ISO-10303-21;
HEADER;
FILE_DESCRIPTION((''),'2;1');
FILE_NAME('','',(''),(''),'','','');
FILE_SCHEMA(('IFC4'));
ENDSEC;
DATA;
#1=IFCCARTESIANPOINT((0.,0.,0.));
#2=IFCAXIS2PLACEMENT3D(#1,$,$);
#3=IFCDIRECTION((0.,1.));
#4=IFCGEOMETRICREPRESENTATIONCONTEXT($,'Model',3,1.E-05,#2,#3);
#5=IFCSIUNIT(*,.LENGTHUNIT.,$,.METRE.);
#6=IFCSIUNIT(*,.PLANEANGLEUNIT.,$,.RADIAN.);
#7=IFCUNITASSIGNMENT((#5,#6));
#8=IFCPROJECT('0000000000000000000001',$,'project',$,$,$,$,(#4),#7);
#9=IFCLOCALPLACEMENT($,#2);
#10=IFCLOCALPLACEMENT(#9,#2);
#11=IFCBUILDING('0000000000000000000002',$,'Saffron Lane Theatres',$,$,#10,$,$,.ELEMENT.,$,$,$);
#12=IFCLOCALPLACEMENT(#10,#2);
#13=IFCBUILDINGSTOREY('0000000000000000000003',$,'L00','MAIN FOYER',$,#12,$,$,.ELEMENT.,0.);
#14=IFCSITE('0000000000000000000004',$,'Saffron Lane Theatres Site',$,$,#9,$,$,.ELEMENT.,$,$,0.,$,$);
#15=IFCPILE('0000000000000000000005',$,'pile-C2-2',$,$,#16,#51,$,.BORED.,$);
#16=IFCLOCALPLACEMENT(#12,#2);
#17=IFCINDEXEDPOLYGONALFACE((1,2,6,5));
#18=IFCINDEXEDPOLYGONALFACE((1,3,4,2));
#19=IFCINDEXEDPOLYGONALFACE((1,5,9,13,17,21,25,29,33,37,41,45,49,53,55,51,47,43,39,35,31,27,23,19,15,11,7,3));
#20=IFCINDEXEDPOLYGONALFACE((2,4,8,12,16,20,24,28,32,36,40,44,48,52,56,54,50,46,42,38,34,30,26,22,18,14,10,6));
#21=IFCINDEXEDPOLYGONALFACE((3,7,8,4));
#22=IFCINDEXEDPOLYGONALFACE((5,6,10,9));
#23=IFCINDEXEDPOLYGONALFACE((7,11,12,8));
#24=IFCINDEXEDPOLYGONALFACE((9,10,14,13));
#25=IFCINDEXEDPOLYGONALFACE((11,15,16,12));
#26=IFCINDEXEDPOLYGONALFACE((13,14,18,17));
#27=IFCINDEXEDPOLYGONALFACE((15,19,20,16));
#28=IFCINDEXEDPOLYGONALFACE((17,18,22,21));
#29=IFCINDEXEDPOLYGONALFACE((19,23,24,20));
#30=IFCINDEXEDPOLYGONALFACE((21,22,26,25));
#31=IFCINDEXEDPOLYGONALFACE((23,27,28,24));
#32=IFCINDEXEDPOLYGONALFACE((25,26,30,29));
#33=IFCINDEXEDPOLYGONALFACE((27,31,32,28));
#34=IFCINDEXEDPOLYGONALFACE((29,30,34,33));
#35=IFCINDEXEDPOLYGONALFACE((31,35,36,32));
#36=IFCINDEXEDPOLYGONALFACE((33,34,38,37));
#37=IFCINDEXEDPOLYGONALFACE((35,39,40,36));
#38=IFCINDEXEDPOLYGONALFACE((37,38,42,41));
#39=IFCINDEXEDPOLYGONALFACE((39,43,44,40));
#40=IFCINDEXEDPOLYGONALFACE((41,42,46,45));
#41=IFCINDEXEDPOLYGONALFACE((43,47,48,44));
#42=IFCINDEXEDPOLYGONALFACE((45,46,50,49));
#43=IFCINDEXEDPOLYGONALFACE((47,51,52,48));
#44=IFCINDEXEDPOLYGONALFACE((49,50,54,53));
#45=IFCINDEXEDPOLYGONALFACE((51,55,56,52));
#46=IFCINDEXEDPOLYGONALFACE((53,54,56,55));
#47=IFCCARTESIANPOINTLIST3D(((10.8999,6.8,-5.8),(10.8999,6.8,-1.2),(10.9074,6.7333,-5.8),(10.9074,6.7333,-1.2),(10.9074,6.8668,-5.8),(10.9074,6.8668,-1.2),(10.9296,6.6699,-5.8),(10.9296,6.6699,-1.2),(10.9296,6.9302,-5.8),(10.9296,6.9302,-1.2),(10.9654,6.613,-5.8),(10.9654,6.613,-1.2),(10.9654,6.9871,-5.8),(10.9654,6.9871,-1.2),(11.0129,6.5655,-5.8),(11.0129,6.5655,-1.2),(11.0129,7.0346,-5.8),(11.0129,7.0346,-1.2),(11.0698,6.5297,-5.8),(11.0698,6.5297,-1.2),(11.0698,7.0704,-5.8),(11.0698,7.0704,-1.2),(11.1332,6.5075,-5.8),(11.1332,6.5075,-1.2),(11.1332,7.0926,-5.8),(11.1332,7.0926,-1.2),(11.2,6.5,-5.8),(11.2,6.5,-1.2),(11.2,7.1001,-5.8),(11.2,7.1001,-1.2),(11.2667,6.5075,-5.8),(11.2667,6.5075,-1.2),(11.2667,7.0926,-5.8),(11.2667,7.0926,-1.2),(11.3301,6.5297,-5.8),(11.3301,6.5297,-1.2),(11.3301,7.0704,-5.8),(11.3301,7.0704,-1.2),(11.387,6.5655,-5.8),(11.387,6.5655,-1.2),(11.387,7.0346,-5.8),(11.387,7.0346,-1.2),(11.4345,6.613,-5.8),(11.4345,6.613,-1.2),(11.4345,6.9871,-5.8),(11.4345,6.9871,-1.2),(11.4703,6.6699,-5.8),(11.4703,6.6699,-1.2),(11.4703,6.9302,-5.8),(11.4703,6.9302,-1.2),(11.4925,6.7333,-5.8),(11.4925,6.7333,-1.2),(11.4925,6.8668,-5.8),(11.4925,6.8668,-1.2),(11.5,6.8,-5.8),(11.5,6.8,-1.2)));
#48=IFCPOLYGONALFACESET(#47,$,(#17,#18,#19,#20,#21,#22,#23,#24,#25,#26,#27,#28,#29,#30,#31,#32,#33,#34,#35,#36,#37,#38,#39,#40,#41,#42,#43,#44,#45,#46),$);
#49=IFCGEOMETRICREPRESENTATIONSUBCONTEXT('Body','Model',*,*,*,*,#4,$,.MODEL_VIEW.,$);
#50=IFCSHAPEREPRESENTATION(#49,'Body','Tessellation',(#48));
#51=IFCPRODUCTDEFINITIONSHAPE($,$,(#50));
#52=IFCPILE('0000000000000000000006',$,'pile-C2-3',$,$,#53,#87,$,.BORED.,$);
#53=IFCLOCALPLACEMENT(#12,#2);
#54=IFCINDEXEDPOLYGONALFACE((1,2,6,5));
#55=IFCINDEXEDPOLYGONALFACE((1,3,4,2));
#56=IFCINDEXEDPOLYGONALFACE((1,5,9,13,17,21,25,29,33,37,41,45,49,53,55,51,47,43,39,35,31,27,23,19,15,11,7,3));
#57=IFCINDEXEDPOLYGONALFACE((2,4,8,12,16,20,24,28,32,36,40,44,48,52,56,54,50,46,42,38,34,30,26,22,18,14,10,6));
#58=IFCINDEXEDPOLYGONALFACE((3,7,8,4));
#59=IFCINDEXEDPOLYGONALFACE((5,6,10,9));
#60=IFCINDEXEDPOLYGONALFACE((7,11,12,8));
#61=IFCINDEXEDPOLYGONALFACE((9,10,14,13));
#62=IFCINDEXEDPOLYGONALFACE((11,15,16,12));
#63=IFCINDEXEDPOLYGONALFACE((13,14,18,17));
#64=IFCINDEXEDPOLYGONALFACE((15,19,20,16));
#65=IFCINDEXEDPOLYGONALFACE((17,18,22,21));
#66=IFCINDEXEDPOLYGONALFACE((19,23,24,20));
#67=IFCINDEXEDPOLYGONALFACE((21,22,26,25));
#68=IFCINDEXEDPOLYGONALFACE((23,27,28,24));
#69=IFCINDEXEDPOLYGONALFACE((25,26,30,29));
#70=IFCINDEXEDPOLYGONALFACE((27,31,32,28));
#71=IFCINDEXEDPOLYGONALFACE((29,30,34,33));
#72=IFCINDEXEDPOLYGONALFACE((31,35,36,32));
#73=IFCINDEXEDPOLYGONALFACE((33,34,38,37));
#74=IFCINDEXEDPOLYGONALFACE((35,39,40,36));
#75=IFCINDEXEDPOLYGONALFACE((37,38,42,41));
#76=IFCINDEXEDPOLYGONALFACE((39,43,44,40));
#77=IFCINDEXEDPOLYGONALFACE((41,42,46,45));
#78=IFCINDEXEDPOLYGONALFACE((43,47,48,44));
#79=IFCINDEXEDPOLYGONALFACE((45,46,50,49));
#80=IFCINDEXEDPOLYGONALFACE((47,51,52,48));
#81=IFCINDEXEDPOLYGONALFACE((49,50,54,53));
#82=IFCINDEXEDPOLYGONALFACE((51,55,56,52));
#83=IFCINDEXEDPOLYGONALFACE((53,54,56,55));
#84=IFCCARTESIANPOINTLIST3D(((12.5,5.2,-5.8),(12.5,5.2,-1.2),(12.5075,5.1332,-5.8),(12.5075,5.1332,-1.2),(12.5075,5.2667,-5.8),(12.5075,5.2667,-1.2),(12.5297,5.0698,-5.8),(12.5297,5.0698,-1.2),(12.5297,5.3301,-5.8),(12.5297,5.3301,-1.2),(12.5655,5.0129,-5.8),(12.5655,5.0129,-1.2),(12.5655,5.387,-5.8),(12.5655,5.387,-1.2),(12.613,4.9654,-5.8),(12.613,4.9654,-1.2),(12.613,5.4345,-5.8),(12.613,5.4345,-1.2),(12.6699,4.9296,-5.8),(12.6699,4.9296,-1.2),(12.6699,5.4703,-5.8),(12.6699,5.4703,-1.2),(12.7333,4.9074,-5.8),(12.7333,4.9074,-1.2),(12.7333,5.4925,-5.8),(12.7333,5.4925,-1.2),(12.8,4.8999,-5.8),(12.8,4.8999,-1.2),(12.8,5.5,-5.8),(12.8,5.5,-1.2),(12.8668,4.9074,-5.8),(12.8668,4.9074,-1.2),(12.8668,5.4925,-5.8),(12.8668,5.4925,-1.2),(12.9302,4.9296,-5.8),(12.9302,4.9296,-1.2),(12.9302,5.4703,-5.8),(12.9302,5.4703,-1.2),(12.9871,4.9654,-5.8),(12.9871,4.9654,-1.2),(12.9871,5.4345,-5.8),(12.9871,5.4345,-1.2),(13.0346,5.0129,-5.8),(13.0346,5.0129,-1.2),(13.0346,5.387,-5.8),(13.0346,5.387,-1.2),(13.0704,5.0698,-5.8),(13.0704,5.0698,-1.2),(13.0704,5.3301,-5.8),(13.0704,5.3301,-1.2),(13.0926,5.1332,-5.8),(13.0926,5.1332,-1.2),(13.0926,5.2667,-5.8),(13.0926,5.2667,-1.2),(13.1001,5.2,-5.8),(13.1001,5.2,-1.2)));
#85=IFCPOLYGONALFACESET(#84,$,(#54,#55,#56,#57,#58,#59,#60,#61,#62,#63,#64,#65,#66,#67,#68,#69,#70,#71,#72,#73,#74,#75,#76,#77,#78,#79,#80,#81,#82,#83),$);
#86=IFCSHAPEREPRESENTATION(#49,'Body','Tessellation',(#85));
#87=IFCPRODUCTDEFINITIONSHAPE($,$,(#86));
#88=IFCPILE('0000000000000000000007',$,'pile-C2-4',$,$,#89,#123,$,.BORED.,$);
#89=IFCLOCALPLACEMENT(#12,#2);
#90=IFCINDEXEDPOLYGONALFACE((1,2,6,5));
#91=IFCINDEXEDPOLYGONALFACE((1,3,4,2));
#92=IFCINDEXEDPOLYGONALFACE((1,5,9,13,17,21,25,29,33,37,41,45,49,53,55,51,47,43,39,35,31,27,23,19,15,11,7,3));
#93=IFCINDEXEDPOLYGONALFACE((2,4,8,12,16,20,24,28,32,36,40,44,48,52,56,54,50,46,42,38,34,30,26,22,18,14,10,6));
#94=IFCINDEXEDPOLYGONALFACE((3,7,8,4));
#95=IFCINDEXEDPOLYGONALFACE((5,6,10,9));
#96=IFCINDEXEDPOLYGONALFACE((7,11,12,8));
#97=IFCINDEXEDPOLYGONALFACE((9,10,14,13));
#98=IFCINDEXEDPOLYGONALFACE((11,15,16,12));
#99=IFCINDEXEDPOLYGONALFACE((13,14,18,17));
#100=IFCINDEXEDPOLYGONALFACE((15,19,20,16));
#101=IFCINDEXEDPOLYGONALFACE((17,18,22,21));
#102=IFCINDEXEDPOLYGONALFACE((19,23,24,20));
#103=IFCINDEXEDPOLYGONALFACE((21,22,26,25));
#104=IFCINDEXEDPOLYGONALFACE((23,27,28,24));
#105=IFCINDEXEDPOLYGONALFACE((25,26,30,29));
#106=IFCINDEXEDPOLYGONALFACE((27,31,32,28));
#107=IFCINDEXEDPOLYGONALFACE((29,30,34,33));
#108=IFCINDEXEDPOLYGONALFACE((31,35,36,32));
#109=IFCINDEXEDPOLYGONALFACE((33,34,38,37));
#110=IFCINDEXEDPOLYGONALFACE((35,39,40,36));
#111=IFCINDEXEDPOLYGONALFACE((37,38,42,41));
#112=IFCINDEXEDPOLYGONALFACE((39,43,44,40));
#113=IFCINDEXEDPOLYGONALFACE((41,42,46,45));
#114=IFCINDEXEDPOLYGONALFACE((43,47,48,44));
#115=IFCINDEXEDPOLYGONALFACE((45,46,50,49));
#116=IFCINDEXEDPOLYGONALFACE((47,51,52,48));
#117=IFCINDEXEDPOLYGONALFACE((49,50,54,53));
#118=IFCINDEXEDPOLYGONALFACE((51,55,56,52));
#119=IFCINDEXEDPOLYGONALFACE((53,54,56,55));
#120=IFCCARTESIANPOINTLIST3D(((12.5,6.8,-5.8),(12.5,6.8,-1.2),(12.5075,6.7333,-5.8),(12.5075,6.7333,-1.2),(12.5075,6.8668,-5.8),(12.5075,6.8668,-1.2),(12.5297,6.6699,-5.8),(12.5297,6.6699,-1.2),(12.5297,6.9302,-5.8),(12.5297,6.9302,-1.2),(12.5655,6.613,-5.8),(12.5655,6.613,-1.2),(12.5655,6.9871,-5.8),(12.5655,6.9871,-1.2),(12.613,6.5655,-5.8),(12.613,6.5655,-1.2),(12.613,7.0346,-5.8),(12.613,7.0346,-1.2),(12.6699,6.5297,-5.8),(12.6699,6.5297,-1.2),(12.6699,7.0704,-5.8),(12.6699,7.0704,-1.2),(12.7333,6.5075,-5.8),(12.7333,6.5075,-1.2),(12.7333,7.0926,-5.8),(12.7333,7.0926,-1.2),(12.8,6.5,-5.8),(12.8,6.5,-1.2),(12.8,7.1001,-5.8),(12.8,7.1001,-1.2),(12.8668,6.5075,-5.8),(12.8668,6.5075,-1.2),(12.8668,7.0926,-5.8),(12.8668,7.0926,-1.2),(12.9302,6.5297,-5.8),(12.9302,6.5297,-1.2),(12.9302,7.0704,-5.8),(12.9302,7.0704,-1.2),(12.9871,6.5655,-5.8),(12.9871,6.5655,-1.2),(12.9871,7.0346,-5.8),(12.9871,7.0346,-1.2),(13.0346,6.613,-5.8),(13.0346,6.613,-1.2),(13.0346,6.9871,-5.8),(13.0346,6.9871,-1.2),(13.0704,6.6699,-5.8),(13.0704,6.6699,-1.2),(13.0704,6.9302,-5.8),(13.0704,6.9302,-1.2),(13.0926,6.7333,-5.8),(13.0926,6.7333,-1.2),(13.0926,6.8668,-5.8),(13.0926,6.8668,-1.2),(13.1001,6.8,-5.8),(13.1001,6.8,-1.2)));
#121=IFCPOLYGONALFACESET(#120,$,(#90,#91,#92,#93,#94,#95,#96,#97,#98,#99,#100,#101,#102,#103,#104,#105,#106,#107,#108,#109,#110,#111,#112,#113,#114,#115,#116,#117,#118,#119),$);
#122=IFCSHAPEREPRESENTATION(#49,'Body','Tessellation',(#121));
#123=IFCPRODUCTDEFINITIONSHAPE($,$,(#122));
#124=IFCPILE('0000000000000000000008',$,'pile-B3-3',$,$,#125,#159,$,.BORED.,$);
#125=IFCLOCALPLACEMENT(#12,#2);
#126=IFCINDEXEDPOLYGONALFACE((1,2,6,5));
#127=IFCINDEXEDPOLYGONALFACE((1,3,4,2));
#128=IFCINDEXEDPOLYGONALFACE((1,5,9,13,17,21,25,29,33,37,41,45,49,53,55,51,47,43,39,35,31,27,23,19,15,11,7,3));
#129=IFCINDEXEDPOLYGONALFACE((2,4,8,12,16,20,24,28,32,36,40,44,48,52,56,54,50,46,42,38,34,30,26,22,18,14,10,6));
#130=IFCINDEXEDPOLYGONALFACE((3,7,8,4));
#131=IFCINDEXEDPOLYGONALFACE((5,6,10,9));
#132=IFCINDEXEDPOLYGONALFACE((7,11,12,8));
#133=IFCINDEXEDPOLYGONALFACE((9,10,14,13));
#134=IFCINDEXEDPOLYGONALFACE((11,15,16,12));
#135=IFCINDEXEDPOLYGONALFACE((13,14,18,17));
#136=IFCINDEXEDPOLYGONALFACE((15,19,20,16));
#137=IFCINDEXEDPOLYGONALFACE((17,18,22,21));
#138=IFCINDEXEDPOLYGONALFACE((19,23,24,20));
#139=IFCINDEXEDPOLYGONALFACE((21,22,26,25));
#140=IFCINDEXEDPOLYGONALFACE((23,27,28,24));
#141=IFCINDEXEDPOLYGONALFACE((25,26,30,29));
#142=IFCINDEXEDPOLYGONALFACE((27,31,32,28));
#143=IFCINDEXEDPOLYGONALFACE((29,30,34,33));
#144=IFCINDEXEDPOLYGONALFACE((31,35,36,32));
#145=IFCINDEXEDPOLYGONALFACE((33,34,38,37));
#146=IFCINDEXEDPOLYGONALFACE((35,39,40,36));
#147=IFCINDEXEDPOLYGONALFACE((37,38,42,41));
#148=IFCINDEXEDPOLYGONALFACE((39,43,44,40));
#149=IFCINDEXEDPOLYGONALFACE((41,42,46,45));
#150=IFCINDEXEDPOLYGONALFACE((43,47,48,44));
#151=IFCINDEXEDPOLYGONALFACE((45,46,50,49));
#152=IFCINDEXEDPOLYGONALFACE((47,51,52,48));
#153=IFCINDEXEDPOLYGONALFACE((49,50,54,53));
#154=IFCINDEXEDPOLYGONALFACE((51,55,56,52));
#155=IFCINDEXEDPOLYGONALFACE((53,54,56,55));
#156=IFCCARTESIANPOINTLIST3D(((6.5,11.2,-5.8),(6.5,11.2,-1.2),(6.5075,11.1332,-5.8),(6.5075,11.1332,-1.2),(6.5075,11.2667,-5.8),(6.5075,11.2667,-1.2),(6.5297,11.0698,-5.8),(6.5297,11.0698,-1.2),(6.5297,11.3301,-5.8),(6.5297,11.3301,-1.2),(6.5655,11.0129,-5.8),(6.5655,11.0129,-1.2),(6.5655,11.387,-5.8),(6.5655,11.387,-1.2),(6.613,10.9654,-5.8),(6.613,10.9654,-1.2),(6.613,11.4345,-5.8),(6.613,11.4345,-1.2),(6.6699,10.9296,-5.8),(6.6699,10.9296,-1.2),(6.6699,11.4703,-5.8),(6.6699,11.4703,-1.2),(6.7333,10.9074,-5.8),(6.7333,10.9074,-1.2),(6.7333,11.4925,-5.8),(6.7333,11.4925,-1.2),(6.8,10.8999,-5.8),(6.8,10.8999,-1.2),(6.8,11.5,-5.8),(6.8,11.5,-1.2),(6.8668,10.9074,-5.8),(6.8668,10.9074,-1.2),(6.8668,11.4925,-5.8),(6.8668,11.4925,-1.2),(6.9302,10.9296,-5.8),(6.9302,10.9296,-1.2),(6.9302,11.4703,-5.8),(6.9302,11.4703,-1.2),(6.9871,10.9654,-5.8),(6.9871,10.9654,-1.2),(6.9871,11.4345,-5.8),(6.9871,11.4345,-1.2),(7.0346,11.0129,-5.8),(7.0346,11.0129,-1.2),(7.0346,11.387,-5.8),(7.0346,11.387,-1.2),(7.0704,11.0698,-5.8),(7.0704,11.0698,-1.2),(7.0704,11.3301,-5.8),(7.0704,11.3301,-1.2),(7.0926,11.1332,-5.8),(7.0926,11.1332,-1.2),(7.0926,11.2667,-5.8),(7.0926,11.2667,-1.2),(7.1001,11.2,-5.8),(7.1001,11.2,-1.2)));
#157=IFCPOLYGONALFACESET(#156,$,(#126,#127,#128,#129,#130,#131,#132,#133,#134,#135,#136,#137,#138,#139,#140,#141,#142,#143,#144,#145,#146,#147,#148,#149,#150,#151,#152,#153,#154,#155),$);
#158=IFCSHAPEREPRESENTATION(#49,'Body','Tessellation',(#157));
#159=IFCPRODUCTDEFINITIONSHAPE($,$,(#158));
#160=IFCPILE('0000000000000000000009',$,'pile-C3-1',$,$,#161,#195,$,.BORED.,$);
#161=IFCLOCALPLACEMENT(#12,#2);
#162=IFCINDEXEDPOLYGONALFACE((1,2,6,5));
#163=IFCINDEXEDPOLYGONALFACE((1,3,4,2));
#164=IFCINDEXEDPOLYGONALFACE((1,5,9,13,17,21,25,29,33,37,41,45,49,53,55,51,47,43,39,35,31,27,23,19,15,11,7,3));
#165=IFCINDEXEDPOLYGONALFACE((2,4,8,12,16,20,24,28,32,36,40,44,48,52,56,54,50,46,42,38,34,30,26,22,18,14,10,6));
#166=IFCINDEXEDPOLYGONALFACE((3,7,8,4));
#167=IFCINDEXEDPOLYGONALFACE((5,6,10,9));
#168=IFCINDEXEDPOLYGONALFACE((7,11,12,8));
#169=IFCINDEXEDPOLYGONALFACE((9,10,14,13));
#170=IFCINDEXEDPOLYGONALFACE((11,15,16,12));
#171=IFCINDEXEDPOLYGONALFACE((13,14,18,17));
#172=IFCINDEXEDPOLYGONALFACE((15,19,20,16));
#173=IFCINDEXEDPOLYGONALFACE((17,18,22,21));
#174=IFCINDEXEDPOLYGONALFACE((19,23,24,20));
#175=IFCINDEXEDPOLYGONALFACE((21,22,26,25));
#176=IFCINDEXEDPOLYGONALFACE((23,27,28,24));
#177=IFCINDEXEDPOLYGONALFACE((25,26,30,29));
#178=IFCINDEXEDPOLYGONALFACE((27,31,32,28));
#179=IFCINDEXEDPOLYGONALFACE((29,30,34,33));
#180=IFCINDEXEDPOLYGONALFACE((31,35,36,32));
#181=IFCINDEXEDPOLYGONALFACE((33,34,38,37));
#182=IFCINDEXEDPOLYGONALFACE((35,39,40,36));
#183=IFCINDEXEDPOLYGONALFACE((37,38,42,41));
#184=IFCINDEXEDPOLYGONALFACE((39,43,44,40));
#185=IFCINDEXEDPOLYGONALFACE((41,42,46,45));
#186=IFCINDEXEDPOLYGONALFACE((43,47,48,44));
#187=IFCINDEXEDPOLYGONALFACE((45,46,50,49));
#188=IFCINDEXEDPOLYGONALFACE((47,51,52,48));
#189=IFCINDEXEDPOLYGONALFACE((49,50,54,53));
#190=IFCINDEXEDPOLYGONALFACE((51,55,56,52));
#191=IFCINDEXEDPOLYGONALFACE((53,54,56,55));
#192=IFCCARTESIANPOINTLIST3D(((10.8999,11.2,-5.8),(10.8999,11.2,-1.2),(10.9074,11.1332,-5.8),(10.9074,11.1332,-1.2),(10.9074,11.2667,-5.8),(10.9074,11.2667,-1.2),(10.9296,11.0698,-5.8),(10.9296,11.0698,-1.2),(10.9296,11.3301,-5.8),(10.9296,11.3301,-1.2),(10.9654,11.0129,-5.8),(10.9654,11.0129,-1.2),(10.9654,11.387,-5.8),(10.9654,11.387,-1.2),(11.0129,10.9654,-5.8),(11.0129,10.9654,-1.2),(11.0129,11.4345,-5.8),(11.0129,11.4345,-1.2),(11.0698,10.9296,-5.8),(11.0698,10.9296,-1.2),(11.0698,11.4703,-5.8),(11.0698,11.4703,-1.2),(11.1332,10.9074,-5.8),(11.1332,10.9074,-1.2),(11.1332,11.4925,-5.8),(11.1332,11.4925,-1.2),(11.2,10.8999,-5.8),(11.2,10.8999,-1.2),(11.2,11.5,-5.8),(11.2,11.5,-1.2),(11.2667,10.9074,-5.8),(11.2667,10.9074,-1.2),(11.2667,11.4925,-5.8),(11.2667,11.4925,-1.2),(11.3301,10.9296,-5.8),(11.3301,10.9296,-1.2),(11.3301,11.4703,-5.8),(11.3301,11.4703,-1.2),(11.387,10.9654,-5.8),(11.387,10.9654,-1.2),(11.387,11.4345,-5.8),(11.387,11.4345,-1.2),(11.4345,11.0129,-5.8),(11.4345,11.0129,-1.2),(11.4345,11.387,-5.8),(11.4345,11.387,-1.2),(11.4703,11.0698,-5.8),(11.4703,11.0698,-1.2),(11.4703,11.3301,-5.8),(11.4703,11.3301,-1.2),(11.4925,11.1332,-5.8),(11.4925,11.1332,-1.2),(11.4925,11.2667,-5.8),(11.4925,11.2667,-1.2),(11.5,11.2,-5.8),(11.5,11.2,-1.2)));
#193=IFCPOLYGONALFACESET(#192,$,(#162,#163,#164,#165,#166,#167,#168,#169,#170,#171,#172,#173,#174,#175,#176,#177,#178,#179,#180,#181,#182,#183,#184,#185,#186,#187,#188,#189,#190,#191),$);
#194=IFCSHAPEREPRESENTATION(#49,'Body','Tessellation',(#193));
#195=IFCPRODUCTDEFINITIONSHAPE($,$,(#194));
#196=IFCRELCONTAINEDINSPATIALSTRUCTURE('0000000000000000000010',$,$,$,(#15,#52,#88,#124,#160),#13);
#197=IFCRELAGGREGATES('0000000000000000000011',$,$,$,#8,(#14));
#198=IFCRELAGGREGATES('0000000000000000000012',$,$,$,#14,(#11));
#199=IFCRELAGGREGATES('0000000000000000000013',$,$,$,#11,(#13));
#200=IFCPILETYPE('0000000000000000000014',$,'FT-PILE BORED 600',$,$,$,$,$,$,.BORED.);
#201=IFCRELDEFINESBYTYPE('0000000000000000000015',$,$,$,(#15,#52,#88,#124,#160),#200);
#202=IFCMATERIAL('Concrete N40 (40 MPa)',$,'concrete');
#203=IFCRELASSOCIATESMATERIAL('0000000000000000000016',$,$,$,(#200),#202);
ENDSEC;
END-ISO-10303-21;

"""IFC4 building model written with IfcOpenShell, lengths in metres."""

from ifc_helpers import new_model, si_unit, direction, frame, origin, origin_2d, place, context, subcontext, project, spatial, circle, extrude, material, material_profile, profile_set, type_object, element, save


model = new_model("IFC4")

# Units and contexts
model_context = context("Model", 3, precision=1e-05, world=origin(), true_north=direction((0.0, 1.0)))
body_context = subcontext(model_context, "Body", "Model", "MODEL_VIEW")
ifc_project = project(units=[si_unit("LENGTHUNIT", "METRE"), si_unit("PLANEANGLEUNIT", "RADIAN")], contexts=[model_context])

# Site, building, storey
site_placement = place(None, origin())
site = spatial("IfcSite", under=ifc_project, at=site_placement, Name="Saffron Lane Theatres Site", CompositionType="ELEMENT", RefElevation=0.0)
building_placement = place(site_placement, origin())
building = spatial("IfcBuilding", under=site, at=building_placement, Name="Saffron Lane Theatres", CompositionType="ELEMENT")
storey_placement = place(building_placement, origin())
storey = spatial("IfcBuildingStorey", under=building, at=storey_placement, Name="L00", Description="MAIN FOYER", CompositionType="ELEMENT", Elevation=0.0)

# Piles
ifc_material_1 = material(Name="Concrete N40 (40 MPa)", Category="concrete")
ifc_material_profile_1 = material_profile(ifc_material_1, circle(Radius=0.3, at=origin_2d()))
ifc_profile_set_1 = profile_set([ifc_material_profile_1], Name="Concrete N40 (40 MPa)")
pile_type = type_object("IfcPileType", Name="FT-PILE BORED 600", PredefinedType="BORED", material=ifc_profile_set_1)
for number, where, z_axis, x_axis, name in (
    (1, (11.2, 6.8, -1.2), (0.0, 0.0, -1.0), (1.0, 0.0, 0.0), "pile-C2-2"),
    (2, (12.8, 5.2, -1.2), (0.0, 0.0, -1.0), (1.0, 0.0, 0.0), "pile-C2-3"),
    (3, (12.8, 6.8, -1.2), (0.0, 0.0, -1.0), (1.0, 0.0, 0.0), "pile-C2-4"),
    (4, (6.8, 11.2, -1.2), (0.0, 0.0, -1.0), (1.0, 0.0, 0.0), "pile-B3-3"),
    (5, (11.2, 11.2, -1.2), (0.0, 0.0, -1.0), (1.0, 0.0, 0.0), "pile-C3-1"),
):
    element("IfcPile", number, at=place(storey_placement, frame(where, z_axis=z_axis, x_axis=x_axis)), inside=storey, type_object=pile_type, Name=name, PredefinedType="BORED", context=body_context, shape_type="SweptSolid", body=[
        extrude(circle(Radius=0.3, at=origin_2d()), origin(), (0.0, 0.0, 1.0), 4.6001),
    ])

save(model, "model.ifc")
